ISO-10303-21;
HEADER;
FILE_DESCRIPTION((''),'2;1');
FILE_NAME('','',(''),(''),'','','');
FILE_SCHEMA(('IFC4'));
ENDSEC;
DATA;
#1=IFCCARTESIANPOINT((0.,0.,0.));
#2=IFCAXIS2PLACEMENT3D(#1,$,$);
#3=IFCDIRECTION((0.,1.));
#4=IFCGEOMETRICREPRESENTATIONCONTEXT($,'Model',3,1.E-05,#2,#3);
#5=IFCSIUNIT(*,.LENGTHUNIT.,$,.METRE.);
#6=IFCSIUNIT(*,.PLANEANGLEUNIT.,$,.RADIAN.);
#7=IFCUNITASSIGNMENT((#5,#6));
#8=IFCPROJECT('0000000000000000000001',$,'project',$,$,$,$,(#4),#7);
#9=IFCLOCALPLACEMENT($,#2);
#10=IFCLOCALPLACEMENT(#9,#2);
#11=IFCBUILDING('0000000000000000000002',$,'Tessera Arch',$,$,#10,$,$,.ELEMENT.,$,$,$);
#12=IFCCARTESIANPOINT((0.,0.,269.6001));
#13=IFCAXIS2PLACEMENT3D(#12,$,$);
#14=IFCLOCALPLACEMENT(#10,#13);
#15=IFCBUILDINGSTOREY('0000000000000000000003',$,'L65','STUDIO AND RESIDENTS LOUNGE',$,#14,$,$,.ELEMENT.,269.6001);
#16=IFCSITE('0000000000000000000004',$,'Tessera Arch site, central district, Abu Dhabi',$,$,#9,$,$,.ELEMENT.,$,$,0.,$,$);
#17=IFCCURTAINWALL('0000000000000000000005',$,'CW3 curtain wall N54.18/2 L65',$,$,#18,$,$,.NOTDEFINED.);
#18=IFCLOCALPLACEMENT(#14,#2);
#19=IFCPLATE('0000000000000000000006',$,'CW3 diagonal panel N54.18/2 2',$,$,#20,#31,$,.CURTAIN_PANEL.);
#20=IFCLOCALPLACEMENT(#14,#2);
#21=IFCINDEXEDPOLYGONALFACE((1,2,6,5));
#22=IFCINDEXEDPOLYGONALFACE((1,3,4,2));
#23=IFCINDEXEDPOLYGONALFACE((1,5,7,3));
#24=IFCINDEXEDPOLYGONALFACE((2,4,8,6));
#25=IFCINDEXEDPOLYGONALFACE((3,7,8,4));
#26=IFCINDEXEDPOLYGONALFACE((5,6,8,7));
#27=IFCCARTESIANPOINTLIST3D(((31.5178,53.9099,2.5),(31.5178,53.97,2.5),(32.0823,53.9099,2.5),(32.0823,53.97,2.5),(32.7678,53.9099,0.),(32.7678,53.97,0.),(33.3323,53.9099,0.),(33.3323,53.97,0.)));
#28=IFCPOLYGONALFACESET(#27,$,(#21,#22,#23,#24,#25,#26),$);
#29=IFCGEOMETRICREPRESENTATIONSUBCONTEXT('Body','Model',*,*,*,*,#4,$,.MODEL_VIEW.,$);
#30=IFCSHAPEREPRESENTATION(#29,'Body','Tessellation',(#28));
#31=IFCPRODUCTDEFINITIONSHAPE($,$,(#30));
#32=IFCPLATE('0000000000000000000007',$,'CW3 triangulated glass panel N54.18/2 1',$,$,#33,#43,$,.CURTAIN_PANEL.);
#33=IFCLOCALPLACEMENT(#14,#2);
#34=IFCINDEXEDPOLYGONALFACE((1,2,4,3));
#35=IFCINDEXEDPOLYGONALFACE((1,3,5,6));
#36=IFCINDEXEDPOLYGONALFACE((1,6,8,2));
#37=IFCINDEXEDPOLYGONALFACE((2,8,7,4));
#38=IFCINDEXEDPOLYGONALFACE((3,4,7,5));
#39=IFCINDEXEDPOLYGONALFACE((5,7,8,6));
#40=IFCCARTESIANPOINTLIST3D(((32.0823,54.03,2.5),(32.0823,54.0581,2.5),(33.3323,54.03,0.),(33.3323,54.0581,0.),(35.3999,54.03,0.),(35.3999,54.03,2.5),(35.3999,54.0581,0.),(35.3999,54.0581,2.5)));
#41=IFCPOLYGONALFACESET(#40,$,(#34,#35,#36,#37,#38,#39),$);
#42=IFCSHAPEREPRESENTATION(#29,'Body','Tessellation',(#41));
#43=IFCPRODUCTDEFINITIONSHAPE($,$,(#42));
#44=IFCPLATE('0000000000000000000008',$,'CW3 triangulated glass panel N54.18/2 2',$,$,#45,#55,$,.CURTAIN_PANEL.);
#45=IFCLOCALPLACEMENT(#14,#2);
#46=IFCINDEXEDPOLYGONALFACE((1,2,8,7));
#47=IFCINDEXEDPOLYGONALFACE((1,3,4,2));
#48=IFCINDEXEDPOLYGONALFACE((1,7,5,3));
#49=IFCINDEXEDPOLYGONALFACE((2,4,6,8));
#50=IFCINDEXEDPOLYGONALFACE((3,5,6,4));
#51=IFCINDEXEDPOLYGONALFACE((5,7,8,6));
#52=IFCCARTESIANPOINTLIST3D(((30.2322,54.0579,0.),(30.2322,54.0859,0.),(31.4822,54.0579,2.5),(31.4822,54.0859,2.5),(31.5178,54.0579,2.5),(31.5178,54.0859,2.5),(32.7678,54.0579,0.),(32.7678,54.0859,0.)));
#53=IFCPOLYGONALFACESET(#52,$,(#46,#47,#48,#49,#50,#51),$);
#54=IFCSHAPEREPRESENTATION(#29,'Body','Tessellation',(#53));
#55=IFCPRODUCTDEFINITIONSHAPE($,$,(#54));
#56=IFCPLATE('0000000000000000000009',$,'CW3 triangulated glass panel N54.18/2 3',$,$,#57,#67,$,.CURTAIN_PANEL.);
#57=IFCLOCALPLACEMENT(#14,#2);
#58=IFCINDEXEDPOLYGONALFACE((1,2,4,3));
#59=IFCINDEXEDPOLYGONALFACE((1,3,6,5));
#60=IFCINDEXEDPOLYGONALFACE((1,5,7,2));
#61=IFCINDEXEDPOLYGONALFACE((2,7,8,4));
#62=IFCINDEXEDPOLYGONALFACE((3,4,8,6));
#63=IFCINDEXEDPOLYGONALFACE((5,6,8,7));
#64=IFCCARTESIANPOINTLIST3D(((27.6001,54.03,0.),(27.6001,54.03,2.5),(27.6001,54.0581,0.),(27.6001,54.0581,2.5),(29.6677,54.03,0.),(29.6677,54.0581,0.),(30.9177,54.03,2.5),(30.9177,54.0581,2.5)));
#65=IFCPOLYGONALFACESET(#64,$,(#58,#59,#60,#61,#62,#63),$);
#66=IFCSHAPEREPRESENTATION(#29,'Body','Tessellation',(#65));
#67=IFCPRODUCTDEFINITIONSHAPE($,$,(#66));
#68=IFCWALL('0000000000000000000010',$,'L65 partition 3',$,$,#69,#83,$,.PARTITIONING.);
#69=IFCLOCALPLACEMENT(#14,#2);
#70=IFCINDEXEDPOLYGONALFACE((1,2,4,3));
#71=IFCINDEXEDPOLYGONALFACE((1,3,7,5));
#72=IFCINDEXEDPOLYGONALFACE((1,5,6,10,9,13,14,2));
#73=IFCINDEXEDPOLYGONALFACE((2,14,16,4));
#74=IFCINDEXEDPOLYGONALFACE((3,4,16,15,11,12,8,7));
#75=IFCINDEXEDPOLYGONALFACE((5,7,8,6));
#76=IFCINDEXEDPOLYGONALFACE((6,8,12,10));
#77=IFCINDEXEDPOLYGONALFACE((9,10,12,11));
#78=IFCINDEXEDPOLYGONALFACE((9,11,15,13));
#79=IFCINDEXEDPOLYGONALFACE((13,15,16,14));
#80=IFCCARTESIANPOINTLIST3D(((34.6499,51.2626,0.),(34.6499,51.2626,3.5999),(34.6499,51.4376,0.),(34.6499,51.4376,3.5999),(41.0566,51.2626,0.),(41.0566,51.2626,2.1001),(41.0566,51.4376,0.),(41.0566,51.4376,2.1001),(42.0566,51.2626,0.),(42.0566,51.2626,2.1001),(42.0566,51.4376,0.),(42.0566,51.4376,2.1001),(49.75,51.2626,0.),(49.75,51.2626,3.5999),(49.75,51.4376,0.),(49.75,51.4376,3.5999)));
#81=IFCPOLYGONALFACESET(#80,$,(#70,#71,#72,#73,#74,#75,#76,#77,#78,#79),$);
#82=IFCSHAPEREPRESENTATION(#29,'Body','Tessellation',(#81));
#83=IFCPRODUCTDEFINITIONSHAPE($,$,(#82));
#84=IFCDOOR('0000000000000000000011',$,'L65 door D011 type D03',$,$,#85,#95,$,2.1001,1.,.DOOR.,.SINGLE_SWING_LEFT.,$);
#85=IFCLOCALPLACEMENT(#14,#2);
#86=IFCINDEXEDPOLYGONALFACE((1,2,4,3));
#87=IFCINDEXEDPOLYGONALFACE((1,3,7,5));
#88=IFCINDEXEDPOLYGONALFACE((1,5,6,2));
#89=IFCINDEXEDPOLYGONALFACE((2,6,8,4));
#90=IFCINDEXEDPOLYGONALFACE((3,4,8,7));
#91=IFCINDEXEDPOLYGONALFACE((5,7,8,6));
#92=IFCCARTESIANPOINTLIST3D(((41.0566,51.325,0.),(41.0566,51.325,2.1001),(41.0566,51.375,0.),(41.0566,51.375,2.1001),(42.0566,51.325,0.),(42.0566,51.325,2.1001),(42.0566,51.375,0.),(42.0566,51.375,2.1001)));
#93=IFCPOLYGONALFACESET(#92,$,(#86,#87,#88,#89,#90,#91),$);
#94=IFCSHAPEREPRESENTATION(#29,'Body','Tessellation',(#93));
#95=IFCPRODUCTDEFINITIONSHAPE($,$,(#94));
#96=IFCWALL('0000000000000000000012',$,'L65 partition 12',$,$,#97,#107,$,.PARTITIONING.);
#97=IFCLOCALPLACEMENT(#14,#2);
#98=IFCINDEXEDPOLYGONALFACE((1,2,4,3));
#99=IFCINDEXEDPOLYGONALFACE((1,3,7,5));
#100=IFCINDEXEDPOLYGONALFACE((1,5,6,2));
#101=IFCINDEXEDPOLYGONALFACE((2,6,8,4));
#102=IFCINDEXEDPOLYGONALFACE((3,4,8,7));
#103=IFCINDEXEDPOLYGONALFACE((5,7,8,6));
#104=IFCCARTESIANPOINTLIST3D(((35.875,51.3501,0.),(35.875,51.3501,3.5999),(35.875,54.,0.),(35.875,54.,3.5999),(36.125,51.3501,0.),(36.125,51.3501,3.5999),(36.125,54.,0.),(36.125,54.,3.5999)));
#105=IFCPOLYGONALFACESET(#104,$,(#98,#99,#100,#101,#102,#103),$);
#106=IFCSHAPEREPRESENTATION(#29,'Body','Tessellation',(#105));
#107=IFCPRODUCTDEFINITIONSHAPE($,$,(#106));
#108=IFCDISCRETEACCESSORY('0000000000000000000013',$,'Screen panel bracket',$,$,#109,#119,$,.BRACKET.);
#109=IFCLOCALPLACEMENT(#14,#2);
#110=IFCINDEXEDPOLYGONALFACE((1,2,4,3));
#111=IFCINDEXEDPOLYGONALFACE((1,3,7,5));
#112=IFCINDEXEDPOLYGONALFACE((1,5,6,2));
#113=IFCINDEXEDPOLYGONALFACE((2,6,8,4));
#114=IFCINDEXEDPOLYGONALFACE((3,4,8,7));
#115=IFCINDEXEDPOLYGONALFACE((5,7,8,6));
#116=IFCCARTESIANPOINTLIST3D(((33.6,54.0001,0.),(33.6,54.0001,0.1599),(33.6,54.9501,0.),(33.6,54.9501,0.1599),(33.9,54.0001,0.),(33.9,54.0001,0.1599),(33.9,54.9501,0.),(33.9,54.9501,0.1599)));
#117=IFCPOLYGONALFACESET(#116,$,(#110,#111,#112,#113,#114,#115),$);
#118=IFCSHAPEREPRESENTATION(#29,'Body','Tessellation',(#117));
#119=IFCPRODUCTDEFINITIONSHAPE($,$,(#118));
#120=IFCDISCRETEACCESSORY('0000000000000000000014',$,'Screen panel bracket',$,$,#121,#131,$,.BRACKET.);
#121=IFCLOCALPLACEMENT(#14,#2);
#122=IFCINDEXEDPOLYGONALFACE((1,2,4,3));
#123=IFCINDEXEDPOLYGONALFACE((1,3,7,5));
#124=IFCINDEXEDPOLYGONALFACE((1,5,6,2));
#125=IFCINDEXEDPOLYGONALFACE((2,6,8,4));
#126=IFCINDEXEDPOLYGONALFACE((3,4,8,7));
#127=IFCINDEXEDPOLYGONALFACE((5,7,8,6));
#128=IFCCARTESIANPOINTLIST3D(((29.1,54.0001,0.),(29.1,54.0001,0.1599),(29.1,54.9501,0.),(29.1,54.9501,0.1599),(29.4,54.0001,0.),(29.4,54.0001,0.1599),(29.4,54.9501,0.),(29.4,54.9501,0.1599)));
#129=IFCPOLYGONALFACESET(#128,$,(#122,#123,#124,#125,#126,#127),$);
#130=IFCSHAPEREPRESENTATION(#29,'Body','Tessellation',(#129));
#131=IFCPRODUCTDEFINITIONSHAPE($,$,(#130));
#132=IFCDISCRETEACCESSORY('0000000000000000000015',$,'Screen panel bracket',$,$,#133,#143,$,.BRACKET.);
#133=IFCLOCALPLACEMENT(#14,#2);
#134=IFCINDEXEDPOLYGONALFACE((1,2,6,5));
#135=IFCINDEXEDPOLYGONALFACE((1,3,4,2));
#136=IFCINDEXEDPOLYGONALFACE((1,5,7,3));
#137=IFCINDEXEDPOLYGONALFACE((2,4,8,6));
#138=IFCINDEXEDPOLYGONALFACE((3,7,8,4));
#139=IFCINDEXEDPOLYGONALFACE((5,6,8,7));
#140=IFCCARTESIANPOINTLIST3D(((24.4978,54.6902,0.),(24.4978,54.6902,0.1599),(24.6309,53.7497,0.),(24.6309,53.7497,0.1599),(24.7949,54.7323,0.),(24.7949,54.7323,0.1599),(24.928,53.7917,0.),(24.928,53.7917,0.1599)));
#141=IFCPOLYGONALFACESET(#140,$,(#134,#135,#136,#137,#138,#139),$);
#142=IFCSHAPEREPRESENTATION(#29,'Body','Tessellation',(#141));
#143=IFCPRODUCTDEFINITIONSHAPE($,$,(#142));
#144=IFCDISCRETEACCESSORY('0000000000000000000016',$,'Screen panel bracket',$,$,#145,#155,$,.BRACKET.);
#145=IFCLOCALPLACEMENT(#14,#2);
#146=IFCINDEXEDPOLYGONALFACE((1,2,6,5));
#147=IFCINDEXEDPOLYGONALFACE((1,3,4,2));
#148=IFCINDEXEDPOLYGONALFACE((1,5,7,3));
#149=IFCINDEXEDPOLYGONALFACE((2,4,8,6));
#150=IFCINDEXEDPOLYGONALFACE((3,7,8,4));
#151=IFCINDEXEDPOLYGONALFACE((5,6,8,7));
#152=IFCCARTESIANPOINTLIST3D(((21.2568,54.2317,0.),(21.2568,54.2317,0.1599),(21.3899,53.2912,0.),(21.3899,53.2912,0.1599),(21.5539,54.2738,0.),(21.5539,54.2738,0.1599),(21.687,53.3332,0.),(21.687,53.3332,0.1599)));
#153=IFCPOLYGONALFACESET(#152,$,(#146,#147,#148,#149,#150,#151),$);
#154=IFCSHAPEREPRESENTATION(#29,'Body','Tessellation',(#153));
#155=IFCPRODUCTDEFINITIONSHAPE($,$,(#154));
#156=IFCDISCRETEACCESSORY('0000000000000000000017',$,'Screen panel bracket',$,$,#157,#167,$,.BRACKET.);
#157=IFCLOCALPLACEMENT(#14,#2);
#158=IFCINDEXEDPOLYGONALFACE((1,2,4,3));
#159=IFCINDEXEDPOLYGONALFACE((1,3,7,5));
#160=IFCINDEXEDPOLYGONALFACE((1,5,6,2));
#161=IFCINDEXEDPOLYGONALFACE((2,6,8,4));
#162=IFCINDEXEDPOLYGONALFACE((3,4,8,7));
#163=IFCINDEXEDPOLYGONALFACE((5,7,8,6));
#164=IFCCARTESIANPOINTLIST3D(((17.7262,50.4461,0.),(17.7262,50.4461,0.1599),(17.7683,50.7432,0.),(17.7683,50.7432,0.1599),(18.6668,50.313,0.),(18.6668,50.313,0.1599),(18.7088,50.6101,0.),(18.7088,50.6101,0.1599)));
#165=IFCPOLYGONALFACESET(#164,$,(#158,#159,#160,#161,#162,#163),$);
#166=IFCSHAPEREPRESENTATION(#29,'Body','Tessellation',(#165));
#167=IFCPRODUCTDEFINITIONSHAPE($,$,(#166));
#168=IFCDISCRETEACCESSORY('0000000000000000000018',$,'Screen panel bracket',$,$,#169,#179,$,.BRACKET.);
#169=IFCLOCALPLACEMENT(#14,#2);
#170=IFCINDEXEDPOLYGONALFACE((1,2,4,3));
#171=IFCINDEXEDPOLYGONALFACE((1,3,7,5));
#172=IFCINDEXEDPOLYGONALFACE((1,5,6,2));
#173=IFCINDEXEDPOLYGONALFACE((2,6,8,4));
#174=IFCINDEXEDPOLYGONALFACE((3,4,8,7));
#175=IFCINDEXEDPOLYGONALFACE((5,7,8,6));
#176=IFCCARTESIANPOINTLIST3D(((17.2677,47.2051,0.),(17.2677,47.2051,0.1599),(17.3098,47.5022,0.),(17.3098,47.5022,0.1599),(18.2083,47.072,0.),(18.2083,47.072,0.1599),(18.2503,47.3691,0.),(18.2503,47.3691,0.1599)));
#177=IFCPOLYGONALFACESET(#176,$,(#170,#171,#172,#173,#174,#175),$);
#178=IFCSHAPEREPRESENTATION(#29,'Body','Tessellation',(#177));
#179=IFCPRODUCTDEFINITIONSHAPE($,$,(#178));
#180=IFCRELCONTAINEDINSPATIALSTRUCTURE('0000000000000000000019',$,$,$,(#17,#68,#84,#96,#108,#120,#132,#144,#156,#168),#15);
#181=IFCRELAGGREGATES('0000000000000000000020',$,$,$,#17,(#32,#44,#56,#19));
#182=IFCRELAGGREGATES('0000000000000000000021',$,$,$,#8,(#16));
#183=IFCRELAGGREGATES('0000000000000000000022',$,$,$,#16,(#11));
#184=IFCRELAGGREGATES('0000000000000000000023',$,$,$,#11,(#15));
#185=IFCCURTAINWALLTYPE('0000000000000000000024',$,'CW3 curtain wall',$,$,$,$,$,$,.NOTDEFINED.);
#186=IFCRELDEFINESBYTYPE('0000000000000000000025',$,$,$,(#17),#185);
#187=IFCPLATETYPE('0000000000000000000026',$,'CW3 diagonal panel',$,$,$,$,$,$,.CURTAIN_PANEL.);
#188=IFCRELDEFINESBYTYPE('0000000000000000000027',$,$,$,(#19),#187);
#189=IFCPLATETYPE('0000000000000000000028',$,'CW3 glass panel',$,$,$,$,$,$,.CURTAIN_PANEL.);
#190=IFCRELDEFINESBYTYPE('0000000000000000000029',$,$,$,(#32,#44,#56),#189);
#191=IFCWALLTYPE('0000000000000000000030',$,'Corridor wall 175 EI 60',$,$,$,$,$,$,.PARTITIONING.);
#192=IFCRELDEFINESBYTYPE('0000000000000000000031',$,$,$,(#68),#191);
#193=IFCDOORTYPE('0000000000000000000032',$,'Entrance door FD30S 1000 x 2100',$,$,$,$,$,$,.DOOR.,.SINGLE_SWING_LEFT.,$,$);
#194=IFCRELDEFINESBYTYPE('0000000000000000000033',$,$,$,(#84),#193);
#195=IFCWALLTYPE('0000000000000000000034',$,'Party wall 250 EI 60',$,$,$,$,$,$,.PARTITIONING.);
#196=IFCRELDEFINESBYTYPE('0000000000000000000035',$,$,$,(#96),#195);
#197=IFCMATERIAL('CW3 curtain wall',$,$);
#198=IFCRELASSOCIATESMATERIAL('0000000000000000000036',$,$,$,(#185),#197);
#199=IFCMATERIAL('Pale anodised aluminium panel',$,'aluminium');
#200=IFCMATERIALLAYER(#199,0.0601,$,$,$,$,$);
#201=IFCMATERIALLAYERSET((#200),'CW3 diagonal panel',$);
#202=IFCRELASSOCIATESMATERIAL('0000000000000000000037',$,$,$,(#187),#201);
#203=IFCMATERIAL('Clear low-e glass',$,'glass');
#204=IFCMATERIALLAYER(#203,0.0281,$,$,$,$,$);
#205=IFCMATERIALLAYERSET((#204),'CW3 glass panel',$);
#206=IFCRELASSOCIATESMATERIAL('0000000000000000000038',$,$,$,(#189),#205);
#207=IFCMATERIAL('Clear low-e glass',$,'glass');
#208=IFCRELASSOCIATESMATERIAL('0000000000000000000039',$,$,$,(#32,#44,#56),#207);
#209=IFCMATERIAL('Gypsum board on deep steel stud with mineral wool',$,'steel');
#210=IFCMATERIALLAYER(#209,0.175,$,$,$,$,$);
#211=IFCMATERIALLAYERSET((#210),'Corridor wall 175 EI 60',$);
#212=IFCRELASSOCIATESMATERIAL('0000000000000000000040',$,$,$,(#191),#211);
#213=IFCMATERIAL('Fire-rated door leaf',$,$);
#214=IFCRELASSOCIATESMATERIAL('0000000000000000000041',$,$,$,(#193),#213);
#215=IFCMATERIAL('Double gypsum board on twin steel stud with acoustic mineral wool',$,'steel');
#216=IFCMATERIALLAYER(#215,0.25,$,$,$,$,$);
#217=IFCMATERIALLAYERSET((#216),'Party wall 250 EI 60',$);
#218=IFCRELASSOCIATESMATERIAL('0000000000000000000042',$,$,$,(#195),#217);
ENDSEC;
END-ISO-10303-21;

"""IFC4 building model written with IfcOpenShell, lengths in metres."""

from ifc_helpers import new_model, si_unit, direction, frame, frame_2d, origin, origin_2d, place, context, subcontext, project, spatial, polyline, rectangle, outline, extrude, material, layer, layer_set, type_object, element, fill, aggregate, save


model = new_model("IFC4")

# Units and contexts
model_context = context("Model", 3, precision=1e-05, world=origin(), true_north=direction((0.0, 1.0)))
body_context = subcontext(model_context, "Body", "Model", "MODEL_VIEW")
ifc_project = project(units=[si_unit("LENGTHUNIT", "METRE"), si_unit("PLANEANGLEUNIT", "RADIAN")], contexts=[model_context])

# Site, building, storey
site_placement = place(None, origin())
site = spatial("IfcSite", under=ifc_project, at=site_placement, Name="Tessera Arch site, central district, Abu Dhabi", CompositionType="ELEMENT", RefElevation=0.0)
building_placement = place(site_placement, origin())
building = spatial("IfcBuilding", under=site, at=building_placement, Name="Tessera Arch", CompositionType="ELEMENT")
storey_placement = place(building_placement, frame((0.0, 0.0, 269.6001)))
storey = spatial("IfcBuildingStorey", under=building, at=storey_placement, Name="L65", Description="STUDIO AND RESIDENTS LOUNGE", CompositionType="ELEMENT", Elevation=269.6001)

# Curtain wall
ifc_material_1 = material(Name="CW3 curtain wall")
curtain_wall_type_1 = type_object("IfcCurtainWallType", Name="CW3 curtain wall", PredefinedType="NOTDEFINED", material=ifc_material_1)
curtain_wall_1_placement = place(storey_placement, origin())
curtain_wall_1 = element("IfcCurtainWall", 1, at=curtain_wall_1_placement, inside=storey, type_object=curtain_wall_type_1, Name="CW3 curtain wall N54.18/2 L65", PredefinedType="NOTDEFINED")

# Plates
ifc_material_2 = material(Name="Clear low-e glass", Category="glass")
ifc_material_3 = material(Name="Pale anodised aluminium panel", Category="aluminium")
ifc_layer_1 = layer(ifc_material_3, 0.0601)
ifc_layer_set_1 = layer_set([ifc_layer_1], Name="CW3 diagonal panel")
plate_type_1 = type_object("IfcPlateType", Name="CW3 diagonal panel", PredefinedType="CURTAIN_PANEL", material=ifc_layer_set_1)
plate_1_placement = place(storey_placement, frame((31.5178, 53.97, 2.5), z_axis=(0.0, 1.0, 0.0), x_axis=(1.0, 0.0, 0.0)))
plate_1 = element("IfcPlate", 2, at=plate_1_placement, type_object=plate_type_1, Name="CW3 diagonal panel N54.18/2 2", PredefinedType="CURTAIN_PANEL", context=body_context, shape_type="SweptSolid", body=[
    extrude(outline(polyline([(0.0, 0.0), (0.5645, 0.0), (1.8145, 2.5), (1.25, 2.5), (0.0, 0.0)])), origin(), (0.0, 0.0, -1.0), 0.0601),
])
ifc_material_4 = material(Name="Clear low-e glass", Category="glass")
ifc_layer_2 = layer(ifc_material_4, 0.0281)
ifc_layer_set_2 = layer_set([ifc_layer_2], Name="CW3 glass panel")
plate_type_2 = type_object("IfcPlateType", Name="CW3 glass panel", PredefinedType="CURTAIN_PANEL", material=ifc_layer_set_2)
plate_2_placement = place(storey_placement, frame((35.3999, 54.0581, 0.0), z_axis=(0.0, 1.0, 0.0), x_axis=(-1.0, 0.0, 0.0)))
plate_2 = element("IfcPlate", 3, at=plate_2_placement, type_object=plate_type_2, material=ifc_material_2, Name="CW3 triangulated glass panel N54.18/2 1", PredefinedType="CURTAIN_PANEL", context=body_context, shape_type="SweptSolid", body=[
    extrude(outline(polyline([(0.0, 0.0), (2.0676, 0.0), (3.3176, 2.5), (0.0, 2.5), (0.0, 0.0)])), origin(), (0.0, 0.0, -1.0), 0.0281),
])
plate_3_placement = place(storey_placement, frame((31.4822, 54.0859, 2.5), z_axis=(0.0, 1.0, 0.0), x_axis=(1.0, 0.0, 0.0)))
plate_3 = element("IfcPlate", 4, at=plate_3_placement, type_object=plate_type_2, material=ifc_material_2, Name="CW3 triangulated glass panel N54.18/2 2", PredefinedType="CURTAIN_PANEL", context=body_context, shape_type="SweptSolid", body=[
    extrude(outline(polyline([(0.0, 0.0), (0.0356, 0.0), (1.2856, 2.5), (-1.25, 2.5), (0.0, 0.0)])), origin(), (0.0, 0.0, -1.0), 0.0281),
])
plate_4_placement = place(storey_placement, frame((27.6001, 54.0581, 2.5), z_axis=(0.0, 1.0, 0.0), x_axis=(1.0, 0.0, 0.0)))
plate_4 = element("IfcPlate", 5, at=plate_4_placement, type_object=plate_type_2, material=ifc_material_2, Name="CW3 triangulated glass panel N54.18/2 3", PredefinedType="CURTAIN_PANEL", context=body_context, shape_type="SweptSolid", body=[
    extrude(outline(polyline([(0.0, 0.0), (3.3176, 0.0), (2.0676, 2.5), (0.0, 2.5), (0.0, 0.0)])), origin(), (0.0, 0.0, -1.0), 0.0281),
])
aggregate(curtain_wall_1, [plate_2, plate_3, plate_4, plate_1])

# Wall, opening, door
ifc_material_5 = material(Name="Gypsum board on deep steel stud with mineral wool", Category="steel")
ifc_layer_3 = layer(ifc_material_5, 0.175)
ifc_layer_set_3 = layer_set([ifc_layer_3], Name="Corridor wall 175 EI 60")
wall_type_1 = type_object("IfcWallType", Name="Corridor wall 175 EI 60", PredefinedType="PARTITIONING", material=ifc_layer_set_3)
wall_1_placement = place(storey_placement, frame((34.6499, 51.3501, 0.0), z_axis=(0.0, 0.0, 1.0), x_axis=(1.0, 0.0, 0.0)))
wall_1 = element("IfcWall", 6, at=wall_1_placement, inside=storey, type_object=wall_type_1, Name="L65 partition 3", PredefinedType="PARTITIONING", context=body_context, shape_type="SweptSolid", body=[
    extrude(rectangle(XDim=15.1001, YDim=0.175, at=frame_2d((7.55, 0.0))), origin(), (0.0, 0.0, 1.0), 3.5999),
])
opening_placement = place(wall_1_placement, frame((6.4067, 0.0, 0.0)))
opening = element("IfcOpeningElement", 7, at=opening_placement, cuts=wall_1, PredefinedType="OPENING", context=body_context, shape_type="SweptSolid", body=[
    extrude(rectangle(XDim=1.0, YDim=2.1001, at=frame_2d((0.5, 1.05))), frame((0.0, 0.0974, 0.0), z_axis=(0.0, -1.0, 0.0), x_axis=(1.0, 0.0, 0.0)), (0.0, 0.0, 1.0), 0.1951),
])
ifc_material_6 = material(Name="Fire-rated door leaf")
door_type = type_object("IfcDoorType", Name="Entrance door FD30S 1000 x 2100", OperationType="SINGLE_SWING_LEFT", PredefinedType="DOOR", material=ifc_material_6)
door_placement = place(opening_placement, origin())
door = element("IfcDoor", 8, at=door_placement, inside=storey, type_object=door_type, Name="L65 door D011 type D03", OperationType="SINGLE_SWING_LEFT", OverallHeight=2.1001, OverallWidth=1.0, PredefinedType="DOOR", context=body_context, shape_type="SweptSolid", body=[
    extrude(rectangle(XDim=1.0, YDim=2.1001, at=frame_2d((0.5, 1.05))), frame((0.0, 0.0249, 0.0), z_axis=(0.0, -1.0, 0.0), x_axis=(1.0, 0.0, 0.0)), (0.0, 0.0, 1.0), 0.05),
])
fill(opening, door)

# Wall
ifc_material_7 = material(Name="Double gypsum board on twin steel stud with acoustic mineral wool", Category="steel")
ifc_layer_4 = layer(ifc_material_7, 0.25)
ifc_layer_set_4 = layer_set([ifc_layer_4], Name="Party wall 250 EI 60")
wall_type_2 = type_object("IfcWallType", Name="Party wall 250 EI 60", PredefinedType="PARTITIONING", material=ifc_layer_set_4)
wall_2_placement = place(storey_placement, frame((36.0, 51.3501, 0.0), z_axis=(0.0, 0.0, 1.0), x_axis=(0.0, 1.0, 0.0)))
element("IfcWall", 9, at=wall_2_placement, inside=storey, type_object=wall_type_2, Name="L65 partition 12", PredefinedType="PARTITIONING", context=body_context, shape_type="SweptSolid", body=[
    extrude(rectangle(XDim=2.6499, YDim=0.25, at=frame_2d((1.325, 0.0))), origin(), (0.0, 0.0, 1.0), 3.5999),
])

# Discrete accessories
for number, where, z_axis, x_axis, name in (
    (10, (33.75, 54.4751, 0.0), (0.0, 0.0, 1.0), (0.0, 1.0, 0.0), "Screen panel bracket"),
    (11, (29.25, 54.4751, 0.0), (0.0, 0.0, 1.0), (0.0, 1.0, 0.0), "Screen panel bracket"),
    (12, (24.7129, 54.241, 0.0), (0.0, 0.0, 1.0), (-0.140089, 0.990139, 0.0), "Screen panel bracket"),
    (13, (21.4719, 53.7825, 0.0), (0.0, 0.0, 1.0), (-0.140089, 0.990139, 0.0), "Screen panel bracket"),
    (14, (18.2175, 50.5281, 0.0), (0.0, 0.0, 1.0), (-0.990139, 0.140089, 0.0), "Screen panel bracket"),
    (15, (17.759, 47.2871, 0.0), (0.0, 0.0, 1.0), (-0.990139, 0.140089, 0.0), "Screen panel bracket"),
):
    element("IfcDiscreteAccessory", number, at=place(storey_placement, frame(where, z_axis=z_axis, x_axis=x_axis)), inside=storey, Name=name, PredefinedType="BRACKET", context=body_context, shape_type="SweptSolid", body=[
        extrude(rectangle(XDim=0.95, YDim=0.3, at=origin_2d()), origin(), (0.0, 0.0, 1.0), 0.1599),
    ])

save(model, "model.ifc")
